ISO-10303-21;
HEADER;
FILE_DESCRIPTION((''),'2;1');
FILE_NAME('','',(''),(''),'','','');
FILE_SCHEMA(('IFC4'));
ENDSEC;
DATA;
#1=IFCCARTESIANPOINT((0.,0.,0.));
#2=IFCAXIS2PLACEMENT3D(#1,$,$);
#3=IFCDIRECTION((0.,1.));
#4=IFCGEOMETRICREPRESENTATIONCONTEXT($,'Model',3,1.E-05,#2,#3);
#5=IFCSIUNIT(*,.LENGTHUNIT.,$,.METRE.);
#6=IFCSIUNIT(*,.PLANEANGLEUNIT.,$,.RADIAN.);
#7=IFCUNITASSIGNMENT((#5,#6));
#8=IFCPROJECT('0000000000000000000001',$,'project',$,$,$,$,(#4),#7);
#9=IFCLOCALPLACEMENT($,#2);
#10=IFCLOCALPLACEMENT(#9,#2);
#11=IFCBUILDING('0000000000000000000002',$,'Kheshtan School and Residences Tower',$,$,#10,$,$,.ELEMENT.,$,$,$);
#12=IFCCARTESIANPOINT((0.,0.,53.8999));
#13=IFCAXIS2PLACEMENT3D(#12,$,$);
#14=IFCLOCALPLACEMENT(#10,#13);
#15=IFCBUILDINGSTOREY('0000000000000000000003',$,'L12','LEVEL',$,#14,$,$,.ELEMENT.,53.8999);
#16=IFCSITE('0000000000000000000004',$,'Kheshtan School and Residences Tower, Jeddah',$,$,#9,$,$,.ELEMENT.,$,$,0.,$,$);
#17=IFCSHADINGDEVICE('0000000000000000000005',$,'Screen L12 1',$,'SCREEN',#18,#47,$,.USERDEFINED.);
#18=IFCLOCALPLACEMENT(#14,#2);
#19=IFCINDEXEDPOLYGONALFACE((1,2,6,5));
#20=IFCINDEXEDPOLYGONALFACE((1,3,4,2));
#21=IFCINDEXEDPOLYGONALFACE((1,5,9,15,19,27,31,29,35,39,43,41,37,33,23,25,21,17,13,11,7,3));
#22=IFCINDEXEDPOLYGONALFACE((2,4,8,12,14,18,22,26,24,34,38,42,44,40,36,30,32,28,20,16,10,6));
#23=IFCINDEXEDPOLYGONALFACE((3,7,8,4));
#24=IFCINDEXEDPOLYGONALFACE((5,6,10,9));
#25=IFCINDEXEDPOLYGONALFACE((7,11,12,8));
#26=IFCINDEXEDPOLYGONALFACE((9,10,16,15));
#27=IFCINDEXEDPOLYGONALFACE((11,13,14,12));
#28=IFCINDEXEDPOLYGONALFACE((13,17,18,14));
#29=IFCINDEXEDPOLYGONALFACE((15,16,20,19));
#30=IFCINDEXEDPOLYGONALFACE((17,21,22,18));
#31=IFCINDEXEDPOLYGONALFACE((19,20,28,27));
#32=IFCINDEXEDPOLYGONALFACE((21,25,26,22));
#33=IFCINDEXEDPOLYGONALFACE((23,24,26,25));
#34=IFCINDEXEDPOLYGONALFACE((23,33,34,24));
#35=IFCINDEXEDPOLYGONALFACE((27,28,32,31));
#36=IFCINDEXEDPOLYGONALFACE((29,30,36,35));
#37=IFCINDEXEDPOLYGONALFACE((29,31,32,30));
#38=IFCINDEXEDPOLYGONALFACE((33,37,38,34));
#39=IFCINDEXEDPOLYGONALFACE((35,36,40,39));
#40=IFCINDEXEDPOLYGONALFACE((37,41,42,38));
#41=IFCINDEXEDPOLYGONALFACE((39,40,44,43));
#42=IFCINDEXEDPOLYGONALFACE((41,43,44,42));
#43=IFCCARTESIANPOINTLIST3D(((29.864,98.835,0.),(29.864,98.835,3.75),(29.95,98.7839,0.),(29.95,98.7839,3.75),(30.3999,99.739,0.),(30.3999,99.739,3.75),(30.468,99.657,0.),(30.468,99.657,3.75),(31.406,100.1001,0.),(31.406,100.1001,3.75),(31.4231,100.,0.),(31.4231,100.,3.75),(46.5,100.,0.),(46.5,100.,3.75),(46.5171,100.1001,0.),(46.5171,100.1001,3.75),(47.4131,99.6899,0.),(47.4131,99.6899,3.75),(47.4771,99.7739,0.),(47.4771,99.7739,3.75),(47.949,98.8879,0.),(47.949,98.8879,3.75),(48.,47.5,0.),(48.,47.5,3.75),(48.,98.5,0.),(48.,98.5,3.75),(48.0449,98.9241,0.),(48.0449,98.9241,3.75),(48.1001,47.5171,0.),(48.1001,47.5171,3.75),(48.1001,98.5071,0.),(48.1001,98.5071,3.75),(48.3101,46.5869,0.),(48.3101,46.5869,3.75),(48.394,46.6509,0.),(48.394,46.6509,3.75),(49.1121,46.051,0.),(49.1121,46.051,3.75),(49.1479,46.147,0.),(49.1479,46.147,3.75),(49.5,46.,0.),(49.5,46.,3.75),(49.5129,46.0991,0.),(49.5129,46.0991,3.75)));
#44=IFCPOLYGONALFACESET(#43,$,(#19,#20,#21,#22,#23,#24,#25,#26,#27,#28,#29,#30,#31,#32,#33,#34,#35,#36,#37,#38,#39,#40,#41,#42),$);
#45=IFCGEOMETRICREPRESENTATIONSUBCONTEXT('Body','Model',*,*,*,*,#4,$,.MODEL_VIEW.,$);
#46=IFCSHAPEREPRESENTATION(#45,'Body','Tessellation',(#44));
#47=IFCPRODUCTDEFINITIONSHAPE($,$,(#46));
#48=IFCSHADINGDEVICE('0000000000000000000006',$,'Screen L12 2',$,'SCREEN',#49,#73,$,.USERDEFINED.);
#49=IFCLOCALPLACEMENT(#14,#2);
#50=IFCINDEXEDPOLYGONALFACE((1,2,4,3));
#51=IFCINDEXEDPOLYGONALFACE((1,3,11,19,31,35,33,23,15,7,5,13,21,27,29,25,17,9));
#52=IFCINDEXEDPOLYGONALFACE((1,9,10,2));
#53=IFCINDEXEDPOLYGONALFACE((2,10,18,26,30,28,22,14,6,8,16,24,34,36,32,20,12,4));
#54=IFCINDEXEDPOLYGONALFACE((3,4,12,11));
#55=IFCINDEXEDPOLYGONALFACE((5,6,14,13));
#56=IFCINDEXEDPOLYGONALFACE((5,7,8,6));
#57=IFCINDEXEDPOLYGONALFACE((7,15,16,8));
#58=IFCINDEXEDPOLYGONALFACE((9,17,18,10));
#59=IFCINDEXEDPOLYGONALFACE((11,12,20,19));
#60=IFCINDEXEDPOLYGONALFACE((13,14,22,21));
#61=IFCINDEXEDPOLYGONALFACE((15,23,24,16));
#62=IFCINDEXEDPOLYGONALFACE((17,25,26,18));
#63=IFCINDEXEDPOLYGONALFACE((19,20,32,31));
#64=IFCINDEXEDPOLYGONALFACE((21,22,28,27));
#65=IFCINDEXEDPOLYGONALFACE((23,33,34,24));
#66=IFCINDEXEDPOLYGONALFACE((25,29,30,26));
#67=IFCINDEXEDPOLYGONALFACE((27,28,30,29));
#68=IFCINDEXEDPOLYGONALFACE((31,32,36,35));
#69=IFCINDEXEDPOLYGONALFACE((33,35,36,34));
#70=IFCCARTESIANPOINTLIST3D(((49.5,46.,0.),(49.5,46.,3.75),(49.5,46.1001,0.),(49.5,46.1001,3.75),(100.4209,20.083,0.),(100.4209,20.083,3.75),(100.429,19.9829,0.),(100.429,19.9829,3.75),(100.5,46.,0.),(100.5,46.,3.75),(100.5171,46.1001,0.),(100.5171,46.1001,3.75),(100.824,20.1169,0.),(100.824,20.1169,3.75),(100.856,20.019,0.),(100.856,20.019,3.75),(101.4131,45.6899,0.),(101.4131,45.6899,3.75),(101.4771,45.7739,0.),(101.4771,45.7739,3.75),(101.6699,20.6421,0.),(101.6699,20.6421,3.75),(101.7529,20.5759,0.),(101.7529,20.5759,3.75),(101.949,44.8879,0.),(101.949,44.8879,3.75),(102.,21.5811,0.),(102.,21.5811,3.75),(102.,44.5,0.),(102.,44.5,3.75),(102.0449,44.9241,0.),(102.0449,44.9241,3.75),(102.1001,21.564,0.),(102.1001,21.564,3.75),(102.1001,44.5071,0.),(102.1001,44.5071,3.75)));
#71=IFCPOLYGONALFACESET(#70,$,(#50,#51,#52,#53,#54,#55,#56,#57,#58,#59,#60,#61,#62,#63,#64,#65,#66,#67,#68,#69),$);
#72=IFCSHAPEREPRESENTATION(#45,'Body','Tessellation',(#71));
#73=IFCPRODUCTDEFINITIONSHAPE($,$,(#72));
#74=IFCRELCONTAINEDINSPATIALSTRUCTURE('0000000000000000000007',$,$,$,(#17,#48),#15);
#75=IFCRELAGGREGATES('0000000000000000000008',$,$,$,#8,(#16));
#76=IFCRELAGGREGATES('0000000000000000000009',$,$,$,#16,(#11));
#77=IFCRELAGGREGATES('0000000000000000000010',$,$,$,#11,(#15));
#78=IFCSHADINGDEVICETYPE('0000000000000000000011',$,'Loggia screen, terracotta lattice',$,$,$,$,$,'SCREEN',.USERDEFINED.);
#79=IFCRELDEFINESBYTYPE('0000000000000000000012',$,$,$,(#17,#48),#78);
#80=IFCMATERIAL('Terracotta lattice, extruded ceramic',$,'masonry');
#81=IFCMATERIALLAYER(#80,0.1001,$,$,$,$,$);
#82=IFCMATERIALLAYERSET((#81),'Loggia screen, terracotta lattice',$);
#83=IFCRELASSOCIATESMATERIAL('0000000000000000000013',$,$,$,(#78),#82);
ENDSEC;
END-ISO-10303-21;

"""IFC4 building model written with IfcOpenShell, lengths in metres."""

from ifc_helpers import new_model, si_unit, direction, frame, origin, place, context, subcontext, project, spatial, polyline, outline, extrude, material, layer, layer_set, type_object, element, save


model = new_model("IFC4")

# Units and contexts
model_context = context("Model", 3, precision=1e-05, world=origin(), true_north=direction((0.0, 1.0)))
body_context = subcontext(model_context, "Body", "Model", "MODEL_VIEW")
ifc_project = project(units=[si_unit("LENGTHUNIT", "METRE"), si_unit("PLANEANGLEUNIT", "RADIAN")], contexts=[model_context])

# Site, building, storey
site_placement = place(None, origin())
site = spatial("IfcSite", under=ifc_project, at=site_placement, Name="Kheshtan School and Residences Tower, Jeddah", CompositionType="ELEMENT", RefElevation=0.0)
building_placement = place(site_placement, origin())
building = spatial("IfcBuilding", under=site, at=building_placement, Name="Kheshtan School and Residences Tower", CompositionType="ELEMENT")
storey_placement = place(building_placement, frame((0.0, 0.0, 53.8999)))
storey = spatial("IfcBuildingStorey", under=building, at=storey_placement, Name="L12", Description="LEVEL", CompositionType="ELEMENT", Elevation=53.8999)

# Shading devices
ifc_material_1 = material(Name="Terracotta lattice, extruded ceramic", Category="masonry")
ifc_layer_1 = layer(ifc_material_1, 0.1001)
ifc_layer_set_1 = layer_set([ifc_layer_1], Name="Loggia screen, terracotta lattice")
shading_device_type_1 = type_object("IfcShadingDeviceType", Name="Loggia screen, terracotta lattice", ElementType="SCREEN", PredefinedType="USERDEFINED", material=ifc_layer_set_1)
shading_device_1_placement = place(storey_placement, origin())
element("IfcShadingDevice", 1, at=shading_device_1_placement, inside=storey, type_object=shading_device_type_1, Name="Screen L12 1", ObjectType="SCREEN", PredefinedType="USERDEFINED", context=body_context, shape_type="SweptSolid", body=[
    extrude(outline(polyline([(29.95, 98.7839), (30.468, 99.657), (31.4231, 100.0), (46.5, 100.0), (47.4131, 99.6899), (47.949, 98.8879), (48.0, 98.5), (48.0, 47.5), (48.3101, 46.5869), (49.1121, 46.051), (49.5, 46.0), (49.5129, 46.0991), (49.1479, 46.147), (48.394, 46.6509), (48.1001, 47.5171), (48.1001, 98.5071), (48.0449, 98.9241), (47.4771, 99.7739), (46.5171, 100.1001), (31.406, 100.1001), (30.3999, 99.739), (29.864, 98.835), (29.95, 98.7839)])), origin(), (0.0, 0.0, 1.0), 3.75),
])
shading_device_2_placement = place(storey_placement, origin())
element("IfcShadingDevice", 2, at=shading_device_2_placement, inside=storey, type_object=shading_device_type_1, Name="Screen L12 2", ObjectType="SCREEN", PredefinedType="USERDEFINED", context=body_context, shape_type="SweptSolid", body=[
    extrude(outline(polyline([(49.5, 46.0), (100.5, 46.0), (101.4131, 45.6899), (101.949, 44.8879), (102.0, 44.5), (102.0, 21.5811), (101.6699, 20.6421), (100.824, 20.1169), (100.4209, 20.083), (100.429, 19.9829), (100.856, 20.019), (101.7529, 20.5759), (102.1001, 21.564), (102.1001, 44.5071), (102.0449, 44.9241), (101.4771, 45.7739), (100.5171, 46.1001), (49.5, 46.1001), (49.5, 46.0)])), origin(), (0.0, 0.0, 1.0), 3.75),
])

save(model, "model.ifc")
